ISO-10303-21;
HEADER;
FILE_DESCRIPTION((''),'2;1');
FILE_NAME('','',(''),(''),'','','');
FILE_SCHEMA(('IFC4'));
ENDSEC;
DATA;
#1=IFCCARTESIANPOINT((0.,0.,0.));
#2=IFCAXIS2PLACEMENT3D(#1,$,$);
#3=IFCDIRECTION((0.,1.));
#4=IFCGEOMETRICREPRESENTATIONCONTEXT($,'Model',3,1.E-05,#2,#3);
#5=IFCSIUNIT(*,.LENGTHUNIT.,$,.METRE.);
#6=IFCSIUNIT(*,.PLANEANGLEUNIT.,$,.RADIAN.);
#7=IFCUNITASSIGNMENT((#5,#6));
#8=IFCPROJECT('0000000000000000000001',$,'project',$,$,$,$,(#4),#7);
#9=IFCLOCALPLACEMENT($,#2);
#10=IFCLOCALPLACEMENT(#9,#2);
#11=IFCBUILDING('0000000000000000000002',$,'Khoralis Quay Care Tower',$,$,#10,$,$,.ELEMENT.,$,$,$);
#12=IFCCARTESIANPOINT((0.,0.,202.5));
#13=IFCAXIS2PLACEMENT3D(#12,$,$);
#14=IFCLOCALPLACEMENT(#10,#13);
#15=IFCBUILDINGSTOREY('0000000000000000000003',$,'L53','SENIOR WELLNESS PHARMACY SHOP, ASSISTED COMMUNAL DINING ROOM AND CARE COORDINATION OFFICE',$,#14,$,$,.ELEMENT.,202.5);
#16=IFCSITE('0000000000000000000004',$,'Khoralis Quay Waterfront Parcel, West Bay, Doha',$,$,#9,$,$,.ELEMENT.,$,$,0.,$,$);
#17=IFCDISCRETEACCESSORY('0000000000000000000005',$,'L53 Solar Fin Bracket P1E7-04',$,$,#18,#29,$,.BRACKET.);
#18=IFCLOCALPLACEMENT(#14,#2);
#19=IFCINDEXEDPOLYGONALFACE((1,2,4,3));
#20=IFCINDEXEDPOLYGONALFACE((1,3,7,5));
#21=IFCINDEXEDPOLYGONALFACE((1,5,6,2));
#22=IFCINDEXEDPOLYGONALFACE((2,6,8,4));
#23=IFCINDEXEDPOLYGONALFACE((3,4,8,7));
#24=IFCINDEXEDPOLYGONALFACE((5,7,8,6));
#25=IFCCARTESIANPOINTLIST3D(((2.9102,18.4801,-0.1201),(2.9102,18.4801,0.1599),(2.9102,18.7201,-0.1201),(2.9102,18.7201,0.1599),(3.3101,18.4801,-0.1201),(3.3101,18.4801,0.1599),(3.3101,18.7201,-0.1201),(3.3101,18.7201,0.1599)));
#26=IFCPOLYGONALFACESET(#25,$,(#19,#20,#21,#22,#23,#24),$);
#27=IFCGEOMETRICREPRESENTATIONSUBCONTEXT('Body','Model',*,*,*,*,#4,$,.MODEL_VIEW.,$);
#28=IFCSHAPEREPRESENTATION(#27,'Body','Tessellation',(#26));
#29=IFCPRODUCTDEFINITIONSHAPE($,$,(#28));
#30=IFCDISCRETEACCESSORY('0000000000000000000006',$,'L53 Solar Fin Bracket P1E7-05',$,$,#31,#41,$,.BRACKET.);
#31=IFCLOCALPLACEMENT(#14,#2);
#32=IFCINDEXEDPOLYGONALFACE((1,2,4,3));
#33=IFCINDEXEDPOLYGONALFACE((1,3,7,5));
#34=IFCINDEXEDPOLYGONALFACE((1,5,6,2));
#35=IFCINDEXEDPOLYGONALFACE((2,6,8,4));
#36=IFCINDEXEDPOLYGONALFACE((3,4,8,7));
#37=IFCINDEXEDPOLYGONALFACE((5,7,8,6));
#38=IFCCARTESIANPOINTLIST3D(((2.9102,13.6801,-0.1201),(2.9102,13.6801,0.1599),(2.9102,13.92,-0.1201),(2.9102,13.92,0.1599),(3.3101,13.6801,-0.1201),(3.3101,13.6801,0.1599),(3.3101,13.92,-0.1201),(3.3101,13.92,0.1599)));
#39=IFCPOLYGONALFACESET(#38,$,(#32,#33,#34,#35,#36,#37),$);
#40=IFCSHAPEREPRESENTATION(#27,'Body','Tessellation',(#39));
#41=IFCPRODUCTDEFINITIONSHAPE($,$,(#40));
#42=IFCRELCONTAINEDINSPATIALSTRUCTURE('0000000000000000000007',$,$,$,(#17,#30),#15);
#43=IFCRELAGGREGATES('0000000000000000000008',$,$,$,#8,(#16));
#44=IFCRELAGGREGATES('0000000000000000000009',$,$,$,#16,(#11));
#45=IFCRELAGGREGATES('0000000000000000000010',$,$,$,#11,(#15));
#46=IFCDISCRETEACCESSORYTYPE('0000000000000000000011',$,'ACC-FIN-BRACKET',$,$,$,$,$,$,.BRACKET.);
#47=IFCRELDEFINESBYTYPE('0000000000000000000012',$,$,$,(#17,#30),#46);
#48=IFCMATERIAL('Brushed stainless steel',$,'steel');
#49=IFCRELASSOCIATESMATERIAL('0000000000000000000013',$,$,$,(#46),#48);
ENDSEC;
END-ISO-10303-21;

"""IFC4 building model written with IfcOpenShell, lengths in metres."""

from ifc_helpers import new_model, si_unit, direction, frame, origin, origin_2d, place, context, subcontext, project, spatial, rectangle, extrude, source, transform, mapped, material, type_object, element, save


model = new_model("IFC4")

# Units and contexts
model_context = context("Model", 3, precision=1e-05, world=origin(), true_north=direction((0.0, 1.0)))
body_context = subcontext(model_context, "Body", "Model", "MODEL_VIEW")
ifc_project = project(units=[si_unit("LENGTHUNIT", "METRE"), si_unit("PLANEANGLEUNIT", "RADIAN")], contexts=[model_context])

# Site, building, storey
site_placement = place(None, origin())
site = spatial("IfcSite", under=ifc_project, at=site_placement, Name="Khoralis Quay Waterfront Parcel, West Bay, Doha", CompositionType="ELEMENT", RefElevation=0.0)
building_placement = place(site_placement, origin())
building = spatial("IfcBuilding", under=site, at=building_placement, Name="Khoralis Quay Care Tower", CompositionType="ELEMENT")
storey_placement = place(building_placement, frame((0.0, 0.0, 202.5)))
storey = spatial("IfcBuildingStorey", under=building, at=storey_placement, Name="L53", Description="SENIOR WELLNESS PHARMACY SHOP, ASSISTED COMMUNAL DINING ROOM AND CARE COORDINATION OFFICE", CompositionType="ELEMENT", Elevation=202.5)

# Discrete accessories
ifc_material_1 = material(Name="Brushed stainless steel", Category="steel")
discrete_accessory_type = type_object("IfcDiscreteAccessoryType", Name="ACC-FIN-BRACKET", PredefinedType="BRACKET", material=ifc_material_1)
shared_shape_1 = source(origin(), body_context, "Body", "SweptSolid", [
    extrude(rectangle(XDim=0.3999, YDim=0.24, at=origin_2d()), origin(), (0.0, 0.0, 1.0), 0.28),
])
for number, where, z_axis, x_axis, name in (
    (1, (3.1101, 18.6001, -0.1201), (0.0, 0.0, 1.0), (-1.0, 0.0, 0.0), "L53 Solar Fin Bracket P1E7-04"),
    (2, (3.1101, 13.8, -0.1201), (0.0, 0.0, 1.0), (-1.0, 0.0, 0.0), "L53 Solar Fin Bracket P1E7-05"),
):
    element("IfcDiscreteAccessory", number, at=place(storey_placement, frame(where, z_axis=z_axis, x_axis=x_axis)), inside=storey, type_object=discrete_accessory_type, Name=name, PredefinedType="BRACKET", context=body_context, shape_type="MappedRepresentation", body=[
        mapped(shared_shape_1, transform((0.0, 0.0, 0.0), scale=1.0)),
    ])

save(model, "model.ifc")
